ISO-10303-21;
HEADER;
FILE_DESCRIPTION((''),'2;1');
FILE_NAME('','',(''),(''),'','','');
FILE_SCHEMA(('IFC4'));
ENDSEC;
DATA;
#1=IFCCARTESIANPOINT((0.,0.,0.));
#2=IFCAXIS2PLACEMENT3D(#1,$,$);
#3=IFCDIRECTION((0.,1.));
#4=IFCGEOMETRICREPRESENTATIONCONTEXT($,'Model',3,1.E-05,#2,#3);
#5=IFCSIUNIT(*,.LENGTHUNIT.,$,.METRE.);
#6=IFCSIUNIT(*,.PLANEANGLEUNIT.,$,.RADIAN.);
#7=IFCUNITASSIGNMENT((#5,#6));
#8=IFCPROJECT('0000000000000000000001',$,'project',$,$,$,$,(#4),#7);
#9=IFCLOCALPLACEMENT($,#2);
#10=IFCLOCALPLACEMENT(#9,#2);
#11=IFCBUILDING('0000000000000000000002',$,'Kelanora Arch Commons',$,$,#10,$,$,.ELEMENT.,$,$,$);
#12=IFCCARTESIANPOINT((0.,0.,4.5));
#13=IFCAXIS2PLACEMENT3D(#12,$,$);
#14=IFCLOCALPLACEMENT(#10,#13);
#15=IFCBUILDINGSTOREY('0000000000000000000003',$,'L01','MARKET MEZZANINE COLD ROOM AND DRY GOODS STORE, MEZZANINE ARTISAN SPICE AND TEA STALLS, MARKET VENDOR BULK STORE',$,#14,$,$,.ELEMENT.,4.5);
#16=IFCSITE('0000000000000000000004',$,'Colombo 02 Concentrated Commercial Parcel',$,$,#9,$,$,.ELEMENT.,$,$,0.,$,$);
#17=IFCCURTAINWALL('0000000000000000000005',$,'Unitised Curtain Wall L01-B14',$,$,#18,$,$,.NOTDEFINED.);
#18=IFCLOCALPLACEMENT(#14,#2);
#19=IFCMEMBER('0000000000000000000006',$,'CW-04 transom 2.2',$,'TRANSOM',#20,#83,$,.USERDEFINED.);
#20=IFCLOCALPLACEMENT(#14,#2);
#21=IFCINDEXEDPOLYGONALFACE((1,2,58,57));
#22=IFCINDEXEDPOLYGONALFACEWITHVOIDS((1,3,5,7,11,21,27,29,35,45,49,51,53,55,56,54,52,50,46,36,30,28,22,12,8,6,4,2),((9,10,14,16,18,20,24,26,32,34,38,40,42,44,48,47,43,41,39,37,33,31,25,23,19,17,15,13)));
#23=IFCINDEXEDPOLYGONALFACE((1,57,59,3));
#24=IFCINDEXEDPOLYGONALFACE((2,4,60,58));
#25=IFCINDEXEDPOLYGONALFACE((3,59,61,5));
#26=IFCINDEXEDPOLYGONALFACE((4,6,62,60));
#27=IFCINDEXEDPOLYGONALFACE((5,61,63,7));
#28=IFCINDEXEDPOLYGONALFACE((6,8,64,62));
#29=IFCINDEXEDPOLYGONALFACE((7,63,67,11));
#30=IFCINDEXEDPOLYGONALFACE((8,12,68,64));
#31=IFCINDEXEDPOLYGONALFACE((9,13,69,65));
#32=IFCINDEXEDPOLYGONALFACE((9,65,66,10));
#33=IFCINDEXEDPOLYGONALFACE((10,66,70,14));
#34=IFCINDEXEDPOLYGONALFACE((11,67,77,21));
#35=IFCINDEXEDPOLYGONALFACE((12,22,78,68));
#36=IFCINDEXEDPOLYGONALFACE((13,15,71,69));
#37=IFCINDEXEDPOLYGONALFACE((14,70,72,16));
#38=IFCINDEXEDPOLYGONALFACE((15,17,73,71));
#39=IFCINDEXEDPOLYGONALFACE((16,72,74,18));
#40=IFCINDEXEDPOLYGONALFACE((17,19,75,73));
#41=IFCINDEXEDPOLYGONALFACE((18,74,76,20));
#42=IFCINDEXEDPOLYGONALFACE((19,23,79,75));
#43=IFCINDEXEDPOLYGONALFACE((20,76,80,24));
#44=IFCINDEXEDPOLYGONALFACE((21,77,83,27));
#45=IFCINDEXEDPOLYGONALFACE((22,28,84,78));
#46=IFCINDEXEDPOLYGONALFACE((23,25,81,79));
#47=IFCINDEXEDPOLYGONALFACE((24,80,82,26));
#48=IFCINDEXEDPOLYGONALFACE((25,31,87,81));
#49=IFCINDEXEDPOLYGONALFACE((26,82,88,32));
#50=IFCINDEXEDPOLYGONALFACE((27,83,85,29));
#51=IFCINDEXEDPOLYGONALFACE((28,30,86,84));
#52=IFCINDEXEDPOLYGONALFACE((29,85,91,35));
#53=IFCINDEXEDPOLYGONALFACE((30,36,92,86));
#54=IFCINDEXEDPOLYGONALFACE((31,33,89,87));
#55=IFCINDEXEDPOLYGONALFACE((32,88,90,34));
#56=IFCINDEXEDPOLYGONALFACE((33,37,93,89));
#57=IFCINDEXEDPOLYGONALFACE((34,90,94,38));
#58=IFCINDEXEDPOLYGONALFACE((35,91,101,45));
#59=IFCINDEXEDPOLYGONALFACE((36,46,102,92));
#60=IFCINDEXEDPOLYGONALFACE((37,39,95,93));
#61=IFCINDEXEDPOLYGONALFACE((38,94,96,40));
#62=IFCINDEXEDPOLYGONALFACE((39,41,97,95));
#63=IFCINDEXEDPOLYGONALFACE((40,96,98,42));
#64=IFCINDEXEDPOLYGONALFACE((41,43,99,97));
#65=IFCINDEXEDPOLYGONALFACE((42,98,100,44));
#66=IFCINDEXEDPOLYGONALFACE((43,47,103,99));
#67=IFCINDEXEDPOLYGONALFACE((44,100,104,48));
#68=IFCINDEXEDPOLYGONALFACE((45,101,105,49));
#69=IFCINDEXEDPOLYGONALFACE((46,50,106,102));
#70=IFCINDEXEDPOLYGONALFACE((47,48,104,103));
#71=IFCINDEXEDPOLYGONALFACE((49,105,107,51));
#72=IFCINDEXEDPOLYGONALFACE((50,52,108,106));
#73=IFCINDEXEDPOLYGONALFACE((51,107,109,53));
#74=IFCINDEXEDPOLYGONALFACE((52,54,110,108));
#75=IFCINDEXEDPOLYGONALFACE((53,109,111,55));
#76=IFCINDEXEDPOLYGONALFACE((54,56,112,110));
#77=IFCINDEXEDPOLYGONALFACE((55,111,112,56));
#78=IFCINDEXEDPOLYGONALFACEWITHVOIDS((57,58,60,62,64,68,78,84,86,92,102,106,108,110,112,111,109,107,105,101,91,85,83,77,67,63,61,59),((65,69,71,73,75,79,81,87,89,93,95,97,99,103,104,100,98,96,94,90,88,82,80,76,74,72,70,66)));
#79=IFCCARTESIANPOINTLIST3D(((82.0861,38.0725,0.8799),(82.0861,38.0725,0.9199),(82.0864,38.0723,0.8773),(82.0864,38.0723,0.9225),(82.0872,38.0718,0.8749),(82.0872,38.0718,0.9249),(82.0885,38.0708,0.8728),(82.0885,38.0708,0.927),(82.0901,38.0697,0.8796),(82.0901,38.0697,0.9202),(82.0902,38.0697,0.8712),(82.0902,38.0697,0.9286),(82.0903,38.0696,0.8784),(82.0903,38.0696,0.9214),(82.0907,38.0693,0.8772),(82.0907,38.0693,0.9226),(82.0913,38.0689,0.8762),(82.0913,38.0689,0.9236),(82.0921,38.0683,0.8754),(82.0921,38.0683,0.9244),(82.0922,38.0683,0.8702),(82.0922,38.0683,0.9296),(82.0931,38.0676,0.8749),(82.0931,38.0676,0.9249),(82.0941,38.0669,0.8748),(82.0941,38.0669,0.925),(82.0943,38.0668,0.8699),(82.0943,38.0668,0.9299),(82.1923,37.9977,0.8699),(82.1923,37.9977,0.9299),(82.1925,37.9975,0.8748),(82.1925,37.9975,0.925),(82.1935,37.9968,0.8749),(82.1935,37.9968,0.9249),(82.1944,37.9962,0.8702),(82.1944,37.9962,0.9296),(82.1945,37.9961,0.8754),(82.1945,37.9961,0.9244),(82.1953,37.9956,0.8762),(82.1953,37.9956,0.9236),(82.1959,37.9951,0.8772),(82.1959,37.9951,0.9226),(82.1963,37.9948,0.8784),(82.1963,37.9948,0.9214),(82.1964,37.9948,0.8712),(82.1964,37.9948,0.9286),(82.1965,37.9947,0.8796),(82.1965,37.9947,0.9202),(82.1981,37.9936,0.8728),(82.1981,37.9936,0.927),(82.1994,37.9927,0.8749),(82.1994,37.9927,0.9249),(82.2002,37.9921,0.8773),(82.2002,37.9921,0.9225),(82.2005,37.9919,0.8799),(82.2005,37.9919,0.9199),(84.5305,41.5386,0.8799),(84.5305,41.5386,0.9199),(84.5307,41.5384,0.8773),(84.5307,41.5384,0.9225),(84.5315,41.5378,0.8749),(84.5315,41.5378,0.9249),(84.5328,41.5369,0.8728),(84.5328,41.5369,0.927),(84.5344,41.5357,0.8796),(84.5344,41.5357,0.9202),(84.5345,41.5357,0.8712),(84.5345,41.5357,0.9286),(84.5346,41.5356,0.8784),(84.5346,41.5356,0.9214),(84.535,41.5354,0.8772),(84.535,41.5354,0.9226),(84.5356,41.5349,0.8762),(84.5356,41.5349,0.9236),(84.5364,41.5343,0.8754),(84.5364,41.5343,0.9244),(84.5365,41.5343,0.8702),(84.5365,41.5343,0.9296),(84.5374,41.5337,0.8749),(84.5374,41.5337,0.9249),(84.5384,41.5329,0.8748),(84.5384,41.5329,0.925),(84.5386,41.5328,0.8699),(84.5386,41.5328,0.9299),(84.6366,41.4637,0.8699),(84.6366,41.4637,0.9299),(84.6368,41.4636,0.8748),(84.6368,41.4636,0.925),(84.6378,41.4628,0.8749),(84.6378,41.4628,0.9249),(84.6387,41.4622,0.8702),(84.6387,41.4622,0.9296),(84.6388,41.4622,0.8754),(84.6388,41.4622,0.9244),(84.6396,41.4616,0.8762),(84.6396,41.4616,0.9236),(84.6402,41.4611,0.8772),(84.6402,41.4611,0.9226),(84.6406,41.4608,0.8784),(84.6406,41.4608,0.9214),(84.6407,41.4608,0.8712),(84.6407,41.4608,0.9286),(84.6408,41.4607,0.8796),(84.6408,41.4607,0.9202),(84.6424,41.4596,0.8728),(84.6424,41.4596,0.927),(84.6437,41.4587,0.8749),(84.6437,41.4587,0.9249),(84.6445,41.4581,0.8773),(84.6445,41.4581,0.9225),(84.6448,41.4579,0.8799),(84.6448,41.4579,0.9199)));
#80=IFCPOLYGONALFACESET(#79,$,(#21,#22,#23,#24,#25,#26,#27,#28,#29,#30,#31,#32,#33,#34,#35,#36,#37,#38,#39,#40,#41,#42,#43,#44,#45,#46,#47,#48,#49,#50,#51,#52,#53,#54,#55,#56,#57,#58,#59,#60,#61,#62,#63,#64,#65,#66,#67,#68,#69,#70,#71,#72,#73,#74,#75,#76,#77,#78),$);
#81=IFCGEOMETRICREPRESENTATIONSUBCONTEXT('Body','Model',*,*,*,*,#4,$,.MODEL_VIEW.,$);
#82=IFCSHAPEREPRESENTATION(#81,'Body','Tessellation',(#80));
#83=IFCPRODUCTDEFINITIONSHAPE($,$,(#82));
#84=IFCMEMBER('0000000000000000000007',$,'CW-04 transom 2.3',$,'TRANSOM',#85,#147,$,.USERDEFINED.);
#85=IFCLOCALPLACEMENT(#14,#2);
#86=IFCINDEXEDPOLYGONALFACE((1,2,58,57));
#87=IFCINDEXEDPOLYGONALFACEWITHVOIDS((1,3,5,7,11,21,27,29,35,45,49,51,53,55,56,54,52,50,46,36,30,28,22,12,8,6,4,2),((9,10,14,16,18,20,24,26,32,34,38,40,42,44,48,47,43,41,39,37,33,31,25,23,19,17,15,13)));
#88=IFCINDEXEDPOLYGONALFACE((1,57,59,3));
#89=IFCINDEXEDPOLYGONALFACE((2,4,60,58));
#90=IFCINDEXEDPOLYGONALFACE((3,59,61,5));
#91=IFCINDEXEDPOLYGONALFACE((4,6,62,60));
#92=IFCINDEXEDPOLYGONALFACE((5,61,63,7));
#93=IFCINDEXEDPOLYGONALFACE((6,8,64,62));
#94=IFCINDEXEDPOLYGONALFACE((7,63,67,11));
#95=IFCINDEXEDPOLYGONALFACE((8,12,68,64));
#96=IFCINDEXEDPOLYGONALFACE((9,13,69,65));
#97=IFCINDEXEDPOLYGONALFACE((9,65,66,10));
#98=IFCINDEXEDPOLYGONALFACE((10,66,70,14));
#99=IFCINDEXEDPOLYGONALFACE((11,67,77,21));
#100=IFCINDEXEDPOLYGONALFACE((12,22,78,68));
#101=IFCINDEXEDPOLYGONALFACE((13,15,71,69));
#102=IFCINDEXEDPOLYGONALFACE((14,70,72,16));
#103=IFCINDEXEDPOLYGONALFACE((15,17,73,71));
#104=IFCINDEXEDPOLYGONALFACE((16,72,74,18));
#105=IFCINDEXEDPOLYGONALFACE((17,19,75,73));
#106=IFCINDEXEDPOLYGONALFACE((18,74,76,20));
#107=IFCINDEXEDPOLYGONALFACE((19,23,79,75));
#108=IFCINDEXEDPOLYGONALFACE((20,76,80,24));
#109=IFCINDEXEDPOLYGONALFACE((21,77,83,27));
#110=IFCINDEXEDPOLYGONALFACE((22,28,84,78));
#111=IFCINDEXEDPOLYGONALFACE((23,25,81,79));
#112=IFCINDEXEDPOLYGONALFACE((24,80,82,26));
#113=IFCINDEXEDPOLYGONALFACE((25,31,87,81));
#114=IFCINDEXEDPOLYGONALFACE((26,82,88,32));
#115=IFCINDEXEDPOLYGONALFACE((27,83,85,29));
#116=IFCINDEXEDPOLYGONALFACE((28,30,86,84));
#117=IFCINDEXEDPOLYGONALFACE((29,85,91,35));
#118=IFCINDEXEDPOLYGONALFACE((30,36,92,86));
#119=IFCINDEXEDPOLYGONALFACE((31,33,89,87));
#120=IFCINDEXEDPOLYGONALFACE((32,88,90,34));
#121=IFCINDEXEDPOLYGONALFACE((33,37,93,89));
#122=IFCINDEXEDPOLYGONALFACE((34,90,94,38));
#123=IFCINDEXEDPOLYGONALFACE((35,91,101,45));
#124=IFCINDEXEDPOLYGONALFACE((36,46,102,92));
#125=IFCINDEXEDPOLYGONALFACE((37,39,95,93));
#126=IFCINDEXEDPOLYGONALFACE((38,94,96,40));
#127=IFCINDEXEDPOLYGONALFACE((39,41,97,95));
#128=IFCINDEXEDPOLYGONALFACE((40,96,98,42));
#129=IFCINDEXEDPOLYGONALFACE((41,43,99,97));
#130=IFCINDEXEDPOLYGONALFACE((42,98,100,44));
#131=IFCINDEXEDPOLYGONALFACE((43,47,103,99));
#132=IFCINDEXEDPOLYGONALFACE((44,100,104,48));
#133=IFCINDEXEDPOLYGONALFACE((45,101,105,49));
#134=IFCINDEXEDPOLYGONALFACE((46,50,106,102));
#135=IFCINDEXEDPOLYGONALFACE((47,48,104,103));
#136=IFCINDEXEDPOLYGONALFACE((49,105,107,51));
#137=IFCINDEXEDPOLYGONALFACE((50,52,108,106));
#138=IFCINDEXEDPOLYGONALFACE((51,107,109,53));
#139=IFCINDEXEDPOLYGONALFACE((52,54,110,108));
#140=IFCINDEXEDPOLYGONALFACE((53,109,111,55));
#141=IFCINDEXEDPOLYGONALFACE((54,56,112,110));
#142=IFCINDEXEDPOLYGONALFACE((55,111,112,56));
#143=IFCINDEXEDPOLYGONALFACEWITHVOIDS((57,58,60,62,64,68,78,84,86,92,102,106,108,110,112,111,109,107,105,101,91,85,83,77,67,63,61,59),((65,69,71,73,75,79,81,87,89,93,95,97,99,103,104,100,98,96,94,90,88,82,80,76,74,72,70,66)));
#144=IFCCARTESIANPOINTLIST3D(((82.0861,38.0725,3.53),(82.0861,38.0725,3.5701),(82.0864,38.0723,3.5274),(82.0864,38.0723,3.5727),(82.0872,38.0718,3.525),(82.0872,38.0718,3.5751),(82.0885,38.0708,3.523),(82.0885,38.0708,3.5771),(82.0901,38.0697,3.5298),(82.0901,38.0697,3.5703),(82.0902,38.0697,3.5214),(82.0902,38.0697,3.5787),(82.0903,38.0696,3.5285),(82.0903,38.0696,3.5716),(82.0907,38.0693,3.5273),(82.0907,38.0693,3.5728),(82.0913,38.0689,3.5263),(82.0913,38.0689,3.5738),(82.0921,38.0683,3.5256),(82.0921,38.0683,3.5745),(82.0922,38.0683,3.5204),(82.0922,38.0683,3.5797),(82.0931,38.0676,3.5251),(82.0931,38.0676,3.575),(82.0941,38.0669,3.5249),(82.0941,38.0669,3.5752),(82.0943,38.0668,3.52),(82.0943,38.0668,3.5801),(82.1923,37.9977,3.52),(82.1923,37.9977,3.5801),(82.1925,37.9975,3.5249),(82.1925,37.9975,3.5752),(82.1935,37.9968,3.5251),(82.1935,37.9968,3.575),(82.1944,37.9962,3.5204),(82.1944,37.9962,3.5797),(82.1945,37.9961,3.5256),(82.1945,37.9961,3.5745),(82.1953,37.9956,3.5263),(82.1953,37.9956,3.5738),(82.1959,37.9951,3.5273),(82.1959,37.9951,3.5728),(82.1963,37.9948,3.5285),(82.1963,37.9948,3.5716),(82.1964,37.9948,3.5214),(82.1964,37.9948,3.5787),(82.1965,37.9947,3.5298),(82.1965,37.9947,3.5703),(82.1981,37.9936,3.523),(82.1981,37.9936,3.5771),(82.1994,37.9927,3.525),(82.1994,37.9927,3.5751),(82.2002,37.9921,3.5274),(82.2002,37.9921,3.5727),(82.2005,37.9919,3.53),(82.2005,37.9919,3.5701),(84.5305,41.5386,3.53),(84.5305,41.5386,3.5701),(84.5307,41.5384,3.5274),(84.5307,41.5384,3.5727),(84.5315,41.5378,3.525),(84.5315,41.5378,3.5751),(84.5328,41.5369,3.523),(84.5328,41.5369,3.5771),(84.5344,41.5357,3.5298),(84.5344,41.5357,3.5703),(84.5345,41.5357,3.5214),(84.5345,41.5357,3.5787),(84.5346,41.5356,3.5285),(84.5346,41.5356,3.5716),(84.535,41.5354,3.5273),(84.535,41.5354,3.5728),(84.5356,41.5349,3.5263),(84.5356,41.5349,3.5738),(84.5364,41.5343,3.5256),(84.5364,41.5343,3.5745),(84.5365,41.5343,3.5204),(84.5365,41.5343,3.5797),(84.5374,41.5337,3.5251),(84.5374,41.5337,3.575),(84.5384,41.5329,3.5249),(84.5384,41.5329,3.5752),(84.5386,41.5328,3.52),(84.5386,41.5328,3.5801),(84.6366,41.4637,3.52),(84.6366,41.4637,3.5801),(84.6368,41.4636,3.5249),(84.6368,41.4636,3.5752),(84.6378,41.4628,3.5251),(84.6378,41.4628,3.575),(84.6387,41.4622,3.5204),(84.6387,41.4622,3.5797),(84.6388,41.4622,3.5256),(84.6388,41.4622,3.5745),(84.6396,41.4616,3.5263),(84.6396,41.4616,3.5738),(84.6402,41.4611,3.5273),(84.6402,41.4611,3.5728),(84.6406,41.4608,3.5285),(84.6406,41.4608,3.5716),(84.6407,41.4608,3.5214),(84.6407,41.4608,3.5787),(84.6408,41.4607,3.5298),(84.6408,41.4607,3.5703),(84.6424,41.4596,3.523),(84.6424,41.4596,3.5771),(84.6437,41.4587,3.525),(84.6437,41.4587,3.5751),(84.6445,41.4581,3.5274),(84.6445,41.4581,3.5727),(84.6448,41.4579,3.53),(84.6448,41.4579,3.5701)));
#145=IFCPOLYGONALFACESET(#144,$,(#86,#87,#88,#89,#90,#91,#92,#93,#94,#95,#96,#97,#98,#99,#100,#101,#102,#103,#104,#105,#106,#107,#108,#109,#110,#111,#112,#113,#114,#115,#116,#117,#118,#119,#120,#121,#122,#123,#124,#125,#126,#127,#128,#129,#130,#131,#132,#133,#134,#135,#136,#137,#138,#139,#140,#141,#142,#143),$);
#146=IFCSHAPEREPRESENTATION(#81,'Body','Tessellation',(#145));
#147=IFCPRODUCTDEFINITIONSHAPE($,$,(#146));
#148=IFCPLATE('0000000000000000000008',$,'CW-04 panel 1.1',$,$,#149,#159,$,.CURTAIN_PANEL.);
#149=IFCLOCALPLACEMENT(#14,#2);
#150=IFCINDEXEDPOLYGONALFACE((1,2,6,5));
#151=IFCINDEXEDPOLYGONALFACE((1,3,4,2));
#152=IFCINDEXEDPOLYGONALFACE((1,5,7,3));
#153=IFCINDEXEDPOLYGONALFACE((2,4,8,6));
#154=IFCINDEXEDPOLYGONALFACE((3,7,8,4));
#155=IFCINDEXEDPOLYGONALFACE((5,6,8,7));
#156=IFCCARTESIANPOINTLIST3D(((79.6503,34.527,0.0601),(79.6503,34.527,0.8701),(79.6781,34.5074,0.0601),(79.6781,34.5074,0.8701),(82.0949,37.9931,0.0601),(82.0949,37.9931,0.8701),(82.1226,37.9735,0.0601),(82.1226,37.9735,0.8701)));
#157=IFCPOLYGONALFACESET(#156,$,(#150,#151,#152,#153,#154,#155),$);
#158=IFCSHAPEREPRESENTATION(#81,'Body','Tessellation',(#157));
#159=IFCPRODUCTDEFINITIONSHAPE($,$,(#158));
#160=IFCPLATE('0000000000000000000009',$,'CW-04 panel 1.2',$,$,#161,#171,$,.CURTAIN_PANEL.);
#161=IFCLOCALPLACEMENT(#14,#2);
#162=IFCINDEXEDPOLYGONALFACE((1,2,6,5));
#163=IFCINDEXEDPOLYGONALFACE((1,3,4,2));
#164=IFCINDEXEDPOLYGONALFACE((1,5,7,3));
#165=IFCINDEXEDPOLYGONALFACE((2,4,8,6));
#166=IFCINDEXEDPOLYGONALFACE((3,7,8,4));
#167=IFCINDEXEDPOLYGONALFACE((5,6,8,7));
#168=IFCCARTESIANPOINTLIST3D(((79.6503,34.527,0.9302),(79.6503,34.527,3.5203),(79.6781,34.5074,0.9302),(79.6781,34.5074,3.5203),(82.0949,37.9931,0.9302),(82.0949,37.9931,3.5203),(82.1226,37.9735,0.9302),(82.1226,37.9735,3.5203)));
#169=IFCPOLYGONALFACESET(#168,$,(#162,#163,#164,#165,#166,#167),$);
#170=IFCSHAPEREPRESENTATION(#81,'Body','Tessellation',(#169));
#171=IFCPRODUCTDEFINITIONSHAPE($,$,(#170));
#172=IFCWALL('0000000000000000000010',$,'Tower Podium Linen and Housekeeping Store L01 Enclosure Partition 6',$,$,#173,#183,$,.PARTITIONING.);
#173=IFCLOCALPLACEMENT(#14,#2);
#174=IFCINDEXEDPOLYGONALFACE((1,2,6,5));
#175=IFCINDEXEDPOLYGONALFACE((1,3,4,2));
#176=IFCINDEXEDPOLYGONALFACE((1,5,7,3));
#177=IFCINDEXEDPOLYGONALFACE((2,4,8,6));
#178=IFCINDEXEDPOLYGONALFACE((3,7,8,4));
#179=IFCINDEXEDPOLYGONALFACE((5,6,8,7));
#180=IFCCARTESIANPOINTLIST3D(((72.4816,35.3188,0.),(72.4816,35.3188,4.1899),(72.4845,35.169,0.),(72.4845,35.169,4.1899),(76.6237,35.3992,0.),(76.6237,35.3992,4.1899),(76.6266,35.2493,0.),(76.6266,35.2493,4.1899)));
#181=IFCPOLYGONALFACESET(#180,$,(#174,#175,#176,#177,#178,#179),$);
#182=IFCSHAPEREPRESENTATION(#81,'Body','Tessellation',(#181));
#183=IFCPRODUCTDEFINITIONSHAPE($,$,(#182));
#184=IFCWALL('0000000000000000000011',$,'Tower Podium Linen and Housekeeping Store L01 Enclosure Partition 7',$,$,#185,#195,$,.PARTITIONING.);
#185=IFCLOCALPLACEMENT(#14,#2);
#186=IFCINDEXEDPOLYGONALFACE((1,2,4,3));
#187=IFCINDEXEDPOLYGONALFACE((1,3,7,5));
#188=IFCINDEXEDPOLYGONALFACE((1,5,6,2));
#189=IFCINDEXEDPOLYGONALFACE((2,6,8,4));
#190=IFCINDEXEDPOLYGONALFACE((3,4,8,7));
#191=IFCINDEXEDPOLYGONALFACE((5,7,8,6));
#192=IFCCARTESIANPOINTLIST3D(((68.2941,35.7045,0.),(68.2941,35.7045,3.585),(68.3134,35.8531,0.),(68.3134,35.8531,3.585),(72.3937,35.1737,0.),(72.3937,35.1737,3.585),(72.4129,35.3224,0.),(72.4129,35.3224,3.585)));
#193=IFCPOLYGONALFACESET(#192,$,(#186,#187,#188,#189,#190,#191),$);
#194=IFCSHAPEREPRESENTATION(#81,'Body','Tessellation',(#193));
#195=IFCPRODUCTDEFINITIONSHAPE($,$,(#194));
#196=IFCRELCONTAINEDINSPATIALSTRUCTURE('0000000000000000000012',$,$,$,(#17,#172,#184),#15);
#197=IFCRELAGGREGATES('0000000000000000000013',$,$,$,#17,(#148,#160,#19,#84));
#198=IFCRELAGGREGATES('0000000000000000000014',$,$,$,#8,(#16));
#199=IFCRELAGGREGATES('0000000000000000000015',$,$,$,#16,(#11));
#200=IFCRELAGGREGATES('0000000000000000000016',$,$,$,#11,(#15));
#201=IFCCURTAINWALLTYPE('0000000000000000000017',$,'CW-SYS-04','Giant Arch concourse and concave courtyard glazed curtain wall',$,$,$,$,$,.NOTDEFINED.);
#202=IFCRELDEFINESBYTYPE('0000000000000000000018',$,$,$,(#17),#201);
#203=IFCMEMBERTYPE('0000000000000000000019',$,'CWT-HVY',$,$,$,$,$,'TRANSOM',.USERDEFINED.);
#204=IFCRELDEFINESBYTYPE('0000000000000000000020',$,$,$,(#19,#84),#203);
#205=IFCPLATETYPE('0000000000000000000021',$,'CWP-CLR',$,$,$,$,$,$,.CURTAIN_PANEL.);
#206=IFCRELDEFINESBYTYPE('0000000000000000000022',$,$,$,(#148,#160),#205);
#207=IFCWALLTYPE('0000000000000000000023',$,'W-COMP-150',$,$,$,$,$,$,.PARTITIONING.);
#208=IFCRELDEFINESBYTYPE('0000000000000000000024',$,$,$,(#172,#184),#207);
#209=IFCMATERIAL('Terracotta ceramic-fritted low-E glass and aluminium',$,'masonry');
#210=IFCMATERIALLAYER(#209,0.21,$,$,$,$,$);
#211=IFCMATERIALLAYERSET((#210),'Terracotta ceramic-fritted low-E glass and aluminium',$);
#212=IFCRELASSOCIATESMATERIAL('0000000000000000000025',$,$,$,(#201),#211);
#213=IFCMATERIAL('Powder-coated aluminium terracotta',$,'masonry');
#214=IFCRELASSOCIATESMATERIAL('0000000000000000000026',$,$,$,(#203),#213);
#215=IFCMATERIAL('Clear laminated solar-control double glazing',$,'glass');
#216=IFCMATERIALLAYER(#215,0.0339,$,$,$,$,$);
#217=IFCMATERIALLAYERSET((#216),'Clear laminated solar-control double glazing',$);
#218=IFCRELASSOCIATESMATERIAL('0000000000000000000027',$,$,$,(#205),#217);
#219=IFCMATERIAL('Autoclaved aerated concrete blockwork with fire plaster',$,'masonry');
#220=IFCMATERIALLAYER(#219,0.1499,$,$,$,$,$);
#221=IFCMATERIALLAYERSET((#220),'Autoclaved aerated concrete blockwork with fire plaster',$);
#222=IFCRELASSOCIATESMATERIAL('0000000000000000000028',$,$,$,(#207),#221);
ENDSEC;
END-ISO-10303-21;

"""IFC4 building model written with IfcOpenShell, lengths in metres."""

from ifc_helpers import new_model, si_unit, direction, frame, frame_2d, origin, origin_2d, place, context, subcontext, project, spatial, rectangle, hollow_rectangle, extrude, source, transform, mapped, material, layer, layer_set, material_profile, profile_set, type_object, element, aggregate, save


model = new_model("IFC4")

# Units and contexts
model_context = context("Model", 3, precision=1e-05, world=origin(), true_north=direction((0.0, 1.0)))
body_context = subcontext(model_context, "Body", "Model", "MODEL_VIEW")
ifc_project = project(units=[si_unit("LENGTHUNIT", "METRE"), si_unit("PLANEANGLEUNIT", "RADIAN")], contexts=[model_context])

# Site, building, storey
site_placement = place(None, origin())
site = spatial("IfcSite", under=ifc_project, at=site_placement, Name="Colombo 02 Concentrated Commercial Parcel", CompositionType="ELEMENT", RefElevation=0.0)
building_placement = place(site_placement, origin())
building = spatial("IfcBuilding", under=site, at=building_placement, Name="Kelanora Arch Commons", CompositionType="ELEMENT")
storey_placement = place(building_placement, frame((0.0, 0.0, 4.5)))
storey = spatial("IfcBuildingStorey", under=building, at=storey_placement, Name="L01", Description="MARKET MEZZANINE COLD ROOM AND DRY GOODS STORE, MEZZANINE ARTISAN SPICE AND TEA STALLS, MARKET VENDOR BULK STORE", CompositionType="ELEMENT", Elevation=4.5)

# Curtain wall, members, plates
ifc_material_1 = material(Name="Terracotta ceramic-fritted low-E glass and aluminium", Category="masonry")
ifc_layer_1 = layer(ifc_material_1, 0.21)
ifc_layer_set_1 = layer_set([ifc_layer_1], Name="Terracotta ceramic-fritted low-E glass and aluminium")
curtain_wall_type = type_object("IfcCurtainWallType", Name="CW-SYS-04", Description="Giant Arch concourse and concave courtyard glazed curtain wall", PredefinedType="NOTDEFINED", material=ifc_layer_set_1)
curtain_wall_placement = place(storey_placement, origin())
curtain_wall = element("IfcCurtainWall", 1, at=curtain_wall_placement, inside=storey, type_object=curtain_wall_type, Name="Unitised Curtain Wall L01-B14", PredefinedType="NOTDEFINED")
ifc_material_2 = material(Name="Powder-coated aluminium terracotta", Category="masonry")
ifc_material_profile_1 = material_profile(ifc_material_2, hollow_rectangle(XDim=0.1399, YDim=0.0601, WallThickness=0.0049, InnerFilletRadius=0.0049, OuterFilletRadius=0.01, at=origin_2d()), Name="CWT140x60")
ifc_profile_set_1 = profile_set([ifc_material_profile_1], Name="Powder-coated aluminium terracotta")
member_type_1 = type_object("IfcMemberType", Name="CWT-HVY", ElementType="TRANSOM", PredefinedType="USERDEFINED", material=ifc_profile_set_1)
member_1_placement = place(storey_placement, frame((82.1433, 38.0322, 0.8999), z_axis=(0.576322, 0.817223, 0.0), x_axis=(-0.817223, 0.576322, 0.0)))
member_1 = element("IfcMember", 2, at=member_1_placement, type_object=member_type_1, Name="CW-04 transom 2.2", ObjectType="TRANSOM", PredefinedType="USERDEFINED", context=body_context, shape_type="SweptSolid", body=[
    extrude(hollow_rectangle(XDim=0.1399, YDim=0.0601, WallThickness=0.0049, InnerFilletRadius=0.0049, OuterFilletRadius=0.01, at=origin_2d()), origin(), (0.0, 0.0, 1.0), 4.2412),
])
member_2_placement = place(storey_placement, frame((82.1433, 38.0322, 3.55), z_axis=(0.576322, 0.817223, 0.0), x_axis=(-0.817223, 0.576322, 0.0)))
member_2 = element("IfcMember", 3, at=member_2_placement, type_object=member_type_1, Name="CW-04 transom 2.3", ObjectType="TRANSOM", PredefinedType="USERDEFINED", context=body_context, shape_type="SweptSolid", body=[
    extrude(hollow_rectangle(XDim=0.1399, YDim=0.0601, WallThickness=0.0049, InnerFilletRadius=0.0049, OuterFilletRadius=0.01, at=origin_2d()), origin(), (0.0, 0.0, 1.0), 4.2412),
])
ifc_material_3 = material(Name="Clear laminated solar-control double glazing", Category="glass")
ifc_layer_2 = layer(ifc_material_3, 0.0339)
ifc_layer_set_2 = layer_set([ifc_layer_2], Name="Clear laminated solar-control double glazing")
plate_type = type_object("IfcPlateType", Name="CWP-CLR", PredefinedType="CURTAIN_PANEL", material=ifc_layer_set_2)
shared_shape_1 = source(origin(), body_context, "Body", "SweptSolid", [
    extrude(rectangle(XDim=4.2415, YDim=0.0339, at=origin_2d()), origin(), (0.0, 0.0, 1.0), 0.8101),
])
plate_1_placement = place(storey_placement, frame((80.8865, 36.2502, 0.0601), z_axis=(0.0, 0.0, 1.0), x_axis=(0.576345, 0.817206, 0.0)))
plate_1 = element("IfcPlate", 4, at=plate_1_placement, type_object=plate_type, Name="CW-04 panel 1.1", PredefinedType="CURTAIN_PANEL", context=body_context, shape_type="MappedRepresentation", body=[
    mapped(shared_shape_1, transform((0.0, 0.0, 0.0), scale=1.0)),
])
shared_shape_2 = source(origin(), body_context, "Body", "SweptSolid", [
    extrude(rectangle(XDim=4.2415, YDim=0.0339, at=origin_2d()), origin(), (0.0, 0.0, 1.0), 2.5901),
])
plate_2_placement = place(storey_placement, frame((80.8865, 36.2502, 0.9302), z_axis=(0.0, 0.0, 1.0), x_axis=(0.576345, 0.817206, 0.0)))
plate_2 = element("IfcPlate", 5, at=plate_2_placement, type_object=plate_type, Name="CW-04 panel 1.2", PredefinedType="CURTAIN_PANEL", context=body_context, shape_type="MappedRepresentation", body=[
    mapped(shared_shape_2, transform((0.0, 0.0, 0.0), scale=1.0)),
])
aggregate(curtain_wall, [plate_1, plate_2, member_1, member_2])

# Walls
ifc_material_4 = material(Name="Autoclaved aerated concrete blockwork with fire plaster", Category="masonry")
ifc_layer_3 = layer(ifc_material_4, 0.1499)
ifc_layer_set_3 = layer_set([ifc_layer_3], Name="Autoclaved aerated concrete blockwork with fire plaster")
wall_type_1 = type_object("IfcWallType", Name="W-COMP-150", PredefinedType="PARTITIONING", material=ifc_layer_set_3)
wall_1_placement = place(storey_placement, frame((76.625, 35.3242, 0.0), z_axis=(0.0, 0.0, 1.0), x_axis=(-0.999812, -0.019388, 0.0)))
element("IfcWall", 6, at=wall_1_placement, inside=storey, type_object=wall_type_1, Name="Tower Podium Linen and Housekeeping Store L01 Enclosure Partition 6", PredefinedType="PARTITIONING", context=body_context, shape_type="SweptSolid", body=[
    extrude(rectangle(XDim=4.1428, YDim=0.1499, at=frame_2d((2.0713, 0.0))), origin(), (0.0, 0.0, 1.0), 4.1899),
])
wall_2_placement = place(storey_placement, frame((72.4033, 35.248, 0.0), z_axis=(0.0, 0.0, 1.0), x_axis=(-0.991723, 0.128395, 0.0)))
element("IfcWall", 7, at=wall_2_placement, inside=storey, type_object=wall_type_1, Name="Tower Podium Linen and Housekeeping Store L01 Enclosure Partition 7", PredefinedType="PARTITIONING", context=body_context, shape_type="SweptSolid", body=[
    extrude(rectangle(XDim=4.1338, YDim=0.1499, at=frame_2d((2.0669, 0.0))), origin(), (0.0, 0.0, 1.0), 3.585),
])

save(model, "model.ifc")
